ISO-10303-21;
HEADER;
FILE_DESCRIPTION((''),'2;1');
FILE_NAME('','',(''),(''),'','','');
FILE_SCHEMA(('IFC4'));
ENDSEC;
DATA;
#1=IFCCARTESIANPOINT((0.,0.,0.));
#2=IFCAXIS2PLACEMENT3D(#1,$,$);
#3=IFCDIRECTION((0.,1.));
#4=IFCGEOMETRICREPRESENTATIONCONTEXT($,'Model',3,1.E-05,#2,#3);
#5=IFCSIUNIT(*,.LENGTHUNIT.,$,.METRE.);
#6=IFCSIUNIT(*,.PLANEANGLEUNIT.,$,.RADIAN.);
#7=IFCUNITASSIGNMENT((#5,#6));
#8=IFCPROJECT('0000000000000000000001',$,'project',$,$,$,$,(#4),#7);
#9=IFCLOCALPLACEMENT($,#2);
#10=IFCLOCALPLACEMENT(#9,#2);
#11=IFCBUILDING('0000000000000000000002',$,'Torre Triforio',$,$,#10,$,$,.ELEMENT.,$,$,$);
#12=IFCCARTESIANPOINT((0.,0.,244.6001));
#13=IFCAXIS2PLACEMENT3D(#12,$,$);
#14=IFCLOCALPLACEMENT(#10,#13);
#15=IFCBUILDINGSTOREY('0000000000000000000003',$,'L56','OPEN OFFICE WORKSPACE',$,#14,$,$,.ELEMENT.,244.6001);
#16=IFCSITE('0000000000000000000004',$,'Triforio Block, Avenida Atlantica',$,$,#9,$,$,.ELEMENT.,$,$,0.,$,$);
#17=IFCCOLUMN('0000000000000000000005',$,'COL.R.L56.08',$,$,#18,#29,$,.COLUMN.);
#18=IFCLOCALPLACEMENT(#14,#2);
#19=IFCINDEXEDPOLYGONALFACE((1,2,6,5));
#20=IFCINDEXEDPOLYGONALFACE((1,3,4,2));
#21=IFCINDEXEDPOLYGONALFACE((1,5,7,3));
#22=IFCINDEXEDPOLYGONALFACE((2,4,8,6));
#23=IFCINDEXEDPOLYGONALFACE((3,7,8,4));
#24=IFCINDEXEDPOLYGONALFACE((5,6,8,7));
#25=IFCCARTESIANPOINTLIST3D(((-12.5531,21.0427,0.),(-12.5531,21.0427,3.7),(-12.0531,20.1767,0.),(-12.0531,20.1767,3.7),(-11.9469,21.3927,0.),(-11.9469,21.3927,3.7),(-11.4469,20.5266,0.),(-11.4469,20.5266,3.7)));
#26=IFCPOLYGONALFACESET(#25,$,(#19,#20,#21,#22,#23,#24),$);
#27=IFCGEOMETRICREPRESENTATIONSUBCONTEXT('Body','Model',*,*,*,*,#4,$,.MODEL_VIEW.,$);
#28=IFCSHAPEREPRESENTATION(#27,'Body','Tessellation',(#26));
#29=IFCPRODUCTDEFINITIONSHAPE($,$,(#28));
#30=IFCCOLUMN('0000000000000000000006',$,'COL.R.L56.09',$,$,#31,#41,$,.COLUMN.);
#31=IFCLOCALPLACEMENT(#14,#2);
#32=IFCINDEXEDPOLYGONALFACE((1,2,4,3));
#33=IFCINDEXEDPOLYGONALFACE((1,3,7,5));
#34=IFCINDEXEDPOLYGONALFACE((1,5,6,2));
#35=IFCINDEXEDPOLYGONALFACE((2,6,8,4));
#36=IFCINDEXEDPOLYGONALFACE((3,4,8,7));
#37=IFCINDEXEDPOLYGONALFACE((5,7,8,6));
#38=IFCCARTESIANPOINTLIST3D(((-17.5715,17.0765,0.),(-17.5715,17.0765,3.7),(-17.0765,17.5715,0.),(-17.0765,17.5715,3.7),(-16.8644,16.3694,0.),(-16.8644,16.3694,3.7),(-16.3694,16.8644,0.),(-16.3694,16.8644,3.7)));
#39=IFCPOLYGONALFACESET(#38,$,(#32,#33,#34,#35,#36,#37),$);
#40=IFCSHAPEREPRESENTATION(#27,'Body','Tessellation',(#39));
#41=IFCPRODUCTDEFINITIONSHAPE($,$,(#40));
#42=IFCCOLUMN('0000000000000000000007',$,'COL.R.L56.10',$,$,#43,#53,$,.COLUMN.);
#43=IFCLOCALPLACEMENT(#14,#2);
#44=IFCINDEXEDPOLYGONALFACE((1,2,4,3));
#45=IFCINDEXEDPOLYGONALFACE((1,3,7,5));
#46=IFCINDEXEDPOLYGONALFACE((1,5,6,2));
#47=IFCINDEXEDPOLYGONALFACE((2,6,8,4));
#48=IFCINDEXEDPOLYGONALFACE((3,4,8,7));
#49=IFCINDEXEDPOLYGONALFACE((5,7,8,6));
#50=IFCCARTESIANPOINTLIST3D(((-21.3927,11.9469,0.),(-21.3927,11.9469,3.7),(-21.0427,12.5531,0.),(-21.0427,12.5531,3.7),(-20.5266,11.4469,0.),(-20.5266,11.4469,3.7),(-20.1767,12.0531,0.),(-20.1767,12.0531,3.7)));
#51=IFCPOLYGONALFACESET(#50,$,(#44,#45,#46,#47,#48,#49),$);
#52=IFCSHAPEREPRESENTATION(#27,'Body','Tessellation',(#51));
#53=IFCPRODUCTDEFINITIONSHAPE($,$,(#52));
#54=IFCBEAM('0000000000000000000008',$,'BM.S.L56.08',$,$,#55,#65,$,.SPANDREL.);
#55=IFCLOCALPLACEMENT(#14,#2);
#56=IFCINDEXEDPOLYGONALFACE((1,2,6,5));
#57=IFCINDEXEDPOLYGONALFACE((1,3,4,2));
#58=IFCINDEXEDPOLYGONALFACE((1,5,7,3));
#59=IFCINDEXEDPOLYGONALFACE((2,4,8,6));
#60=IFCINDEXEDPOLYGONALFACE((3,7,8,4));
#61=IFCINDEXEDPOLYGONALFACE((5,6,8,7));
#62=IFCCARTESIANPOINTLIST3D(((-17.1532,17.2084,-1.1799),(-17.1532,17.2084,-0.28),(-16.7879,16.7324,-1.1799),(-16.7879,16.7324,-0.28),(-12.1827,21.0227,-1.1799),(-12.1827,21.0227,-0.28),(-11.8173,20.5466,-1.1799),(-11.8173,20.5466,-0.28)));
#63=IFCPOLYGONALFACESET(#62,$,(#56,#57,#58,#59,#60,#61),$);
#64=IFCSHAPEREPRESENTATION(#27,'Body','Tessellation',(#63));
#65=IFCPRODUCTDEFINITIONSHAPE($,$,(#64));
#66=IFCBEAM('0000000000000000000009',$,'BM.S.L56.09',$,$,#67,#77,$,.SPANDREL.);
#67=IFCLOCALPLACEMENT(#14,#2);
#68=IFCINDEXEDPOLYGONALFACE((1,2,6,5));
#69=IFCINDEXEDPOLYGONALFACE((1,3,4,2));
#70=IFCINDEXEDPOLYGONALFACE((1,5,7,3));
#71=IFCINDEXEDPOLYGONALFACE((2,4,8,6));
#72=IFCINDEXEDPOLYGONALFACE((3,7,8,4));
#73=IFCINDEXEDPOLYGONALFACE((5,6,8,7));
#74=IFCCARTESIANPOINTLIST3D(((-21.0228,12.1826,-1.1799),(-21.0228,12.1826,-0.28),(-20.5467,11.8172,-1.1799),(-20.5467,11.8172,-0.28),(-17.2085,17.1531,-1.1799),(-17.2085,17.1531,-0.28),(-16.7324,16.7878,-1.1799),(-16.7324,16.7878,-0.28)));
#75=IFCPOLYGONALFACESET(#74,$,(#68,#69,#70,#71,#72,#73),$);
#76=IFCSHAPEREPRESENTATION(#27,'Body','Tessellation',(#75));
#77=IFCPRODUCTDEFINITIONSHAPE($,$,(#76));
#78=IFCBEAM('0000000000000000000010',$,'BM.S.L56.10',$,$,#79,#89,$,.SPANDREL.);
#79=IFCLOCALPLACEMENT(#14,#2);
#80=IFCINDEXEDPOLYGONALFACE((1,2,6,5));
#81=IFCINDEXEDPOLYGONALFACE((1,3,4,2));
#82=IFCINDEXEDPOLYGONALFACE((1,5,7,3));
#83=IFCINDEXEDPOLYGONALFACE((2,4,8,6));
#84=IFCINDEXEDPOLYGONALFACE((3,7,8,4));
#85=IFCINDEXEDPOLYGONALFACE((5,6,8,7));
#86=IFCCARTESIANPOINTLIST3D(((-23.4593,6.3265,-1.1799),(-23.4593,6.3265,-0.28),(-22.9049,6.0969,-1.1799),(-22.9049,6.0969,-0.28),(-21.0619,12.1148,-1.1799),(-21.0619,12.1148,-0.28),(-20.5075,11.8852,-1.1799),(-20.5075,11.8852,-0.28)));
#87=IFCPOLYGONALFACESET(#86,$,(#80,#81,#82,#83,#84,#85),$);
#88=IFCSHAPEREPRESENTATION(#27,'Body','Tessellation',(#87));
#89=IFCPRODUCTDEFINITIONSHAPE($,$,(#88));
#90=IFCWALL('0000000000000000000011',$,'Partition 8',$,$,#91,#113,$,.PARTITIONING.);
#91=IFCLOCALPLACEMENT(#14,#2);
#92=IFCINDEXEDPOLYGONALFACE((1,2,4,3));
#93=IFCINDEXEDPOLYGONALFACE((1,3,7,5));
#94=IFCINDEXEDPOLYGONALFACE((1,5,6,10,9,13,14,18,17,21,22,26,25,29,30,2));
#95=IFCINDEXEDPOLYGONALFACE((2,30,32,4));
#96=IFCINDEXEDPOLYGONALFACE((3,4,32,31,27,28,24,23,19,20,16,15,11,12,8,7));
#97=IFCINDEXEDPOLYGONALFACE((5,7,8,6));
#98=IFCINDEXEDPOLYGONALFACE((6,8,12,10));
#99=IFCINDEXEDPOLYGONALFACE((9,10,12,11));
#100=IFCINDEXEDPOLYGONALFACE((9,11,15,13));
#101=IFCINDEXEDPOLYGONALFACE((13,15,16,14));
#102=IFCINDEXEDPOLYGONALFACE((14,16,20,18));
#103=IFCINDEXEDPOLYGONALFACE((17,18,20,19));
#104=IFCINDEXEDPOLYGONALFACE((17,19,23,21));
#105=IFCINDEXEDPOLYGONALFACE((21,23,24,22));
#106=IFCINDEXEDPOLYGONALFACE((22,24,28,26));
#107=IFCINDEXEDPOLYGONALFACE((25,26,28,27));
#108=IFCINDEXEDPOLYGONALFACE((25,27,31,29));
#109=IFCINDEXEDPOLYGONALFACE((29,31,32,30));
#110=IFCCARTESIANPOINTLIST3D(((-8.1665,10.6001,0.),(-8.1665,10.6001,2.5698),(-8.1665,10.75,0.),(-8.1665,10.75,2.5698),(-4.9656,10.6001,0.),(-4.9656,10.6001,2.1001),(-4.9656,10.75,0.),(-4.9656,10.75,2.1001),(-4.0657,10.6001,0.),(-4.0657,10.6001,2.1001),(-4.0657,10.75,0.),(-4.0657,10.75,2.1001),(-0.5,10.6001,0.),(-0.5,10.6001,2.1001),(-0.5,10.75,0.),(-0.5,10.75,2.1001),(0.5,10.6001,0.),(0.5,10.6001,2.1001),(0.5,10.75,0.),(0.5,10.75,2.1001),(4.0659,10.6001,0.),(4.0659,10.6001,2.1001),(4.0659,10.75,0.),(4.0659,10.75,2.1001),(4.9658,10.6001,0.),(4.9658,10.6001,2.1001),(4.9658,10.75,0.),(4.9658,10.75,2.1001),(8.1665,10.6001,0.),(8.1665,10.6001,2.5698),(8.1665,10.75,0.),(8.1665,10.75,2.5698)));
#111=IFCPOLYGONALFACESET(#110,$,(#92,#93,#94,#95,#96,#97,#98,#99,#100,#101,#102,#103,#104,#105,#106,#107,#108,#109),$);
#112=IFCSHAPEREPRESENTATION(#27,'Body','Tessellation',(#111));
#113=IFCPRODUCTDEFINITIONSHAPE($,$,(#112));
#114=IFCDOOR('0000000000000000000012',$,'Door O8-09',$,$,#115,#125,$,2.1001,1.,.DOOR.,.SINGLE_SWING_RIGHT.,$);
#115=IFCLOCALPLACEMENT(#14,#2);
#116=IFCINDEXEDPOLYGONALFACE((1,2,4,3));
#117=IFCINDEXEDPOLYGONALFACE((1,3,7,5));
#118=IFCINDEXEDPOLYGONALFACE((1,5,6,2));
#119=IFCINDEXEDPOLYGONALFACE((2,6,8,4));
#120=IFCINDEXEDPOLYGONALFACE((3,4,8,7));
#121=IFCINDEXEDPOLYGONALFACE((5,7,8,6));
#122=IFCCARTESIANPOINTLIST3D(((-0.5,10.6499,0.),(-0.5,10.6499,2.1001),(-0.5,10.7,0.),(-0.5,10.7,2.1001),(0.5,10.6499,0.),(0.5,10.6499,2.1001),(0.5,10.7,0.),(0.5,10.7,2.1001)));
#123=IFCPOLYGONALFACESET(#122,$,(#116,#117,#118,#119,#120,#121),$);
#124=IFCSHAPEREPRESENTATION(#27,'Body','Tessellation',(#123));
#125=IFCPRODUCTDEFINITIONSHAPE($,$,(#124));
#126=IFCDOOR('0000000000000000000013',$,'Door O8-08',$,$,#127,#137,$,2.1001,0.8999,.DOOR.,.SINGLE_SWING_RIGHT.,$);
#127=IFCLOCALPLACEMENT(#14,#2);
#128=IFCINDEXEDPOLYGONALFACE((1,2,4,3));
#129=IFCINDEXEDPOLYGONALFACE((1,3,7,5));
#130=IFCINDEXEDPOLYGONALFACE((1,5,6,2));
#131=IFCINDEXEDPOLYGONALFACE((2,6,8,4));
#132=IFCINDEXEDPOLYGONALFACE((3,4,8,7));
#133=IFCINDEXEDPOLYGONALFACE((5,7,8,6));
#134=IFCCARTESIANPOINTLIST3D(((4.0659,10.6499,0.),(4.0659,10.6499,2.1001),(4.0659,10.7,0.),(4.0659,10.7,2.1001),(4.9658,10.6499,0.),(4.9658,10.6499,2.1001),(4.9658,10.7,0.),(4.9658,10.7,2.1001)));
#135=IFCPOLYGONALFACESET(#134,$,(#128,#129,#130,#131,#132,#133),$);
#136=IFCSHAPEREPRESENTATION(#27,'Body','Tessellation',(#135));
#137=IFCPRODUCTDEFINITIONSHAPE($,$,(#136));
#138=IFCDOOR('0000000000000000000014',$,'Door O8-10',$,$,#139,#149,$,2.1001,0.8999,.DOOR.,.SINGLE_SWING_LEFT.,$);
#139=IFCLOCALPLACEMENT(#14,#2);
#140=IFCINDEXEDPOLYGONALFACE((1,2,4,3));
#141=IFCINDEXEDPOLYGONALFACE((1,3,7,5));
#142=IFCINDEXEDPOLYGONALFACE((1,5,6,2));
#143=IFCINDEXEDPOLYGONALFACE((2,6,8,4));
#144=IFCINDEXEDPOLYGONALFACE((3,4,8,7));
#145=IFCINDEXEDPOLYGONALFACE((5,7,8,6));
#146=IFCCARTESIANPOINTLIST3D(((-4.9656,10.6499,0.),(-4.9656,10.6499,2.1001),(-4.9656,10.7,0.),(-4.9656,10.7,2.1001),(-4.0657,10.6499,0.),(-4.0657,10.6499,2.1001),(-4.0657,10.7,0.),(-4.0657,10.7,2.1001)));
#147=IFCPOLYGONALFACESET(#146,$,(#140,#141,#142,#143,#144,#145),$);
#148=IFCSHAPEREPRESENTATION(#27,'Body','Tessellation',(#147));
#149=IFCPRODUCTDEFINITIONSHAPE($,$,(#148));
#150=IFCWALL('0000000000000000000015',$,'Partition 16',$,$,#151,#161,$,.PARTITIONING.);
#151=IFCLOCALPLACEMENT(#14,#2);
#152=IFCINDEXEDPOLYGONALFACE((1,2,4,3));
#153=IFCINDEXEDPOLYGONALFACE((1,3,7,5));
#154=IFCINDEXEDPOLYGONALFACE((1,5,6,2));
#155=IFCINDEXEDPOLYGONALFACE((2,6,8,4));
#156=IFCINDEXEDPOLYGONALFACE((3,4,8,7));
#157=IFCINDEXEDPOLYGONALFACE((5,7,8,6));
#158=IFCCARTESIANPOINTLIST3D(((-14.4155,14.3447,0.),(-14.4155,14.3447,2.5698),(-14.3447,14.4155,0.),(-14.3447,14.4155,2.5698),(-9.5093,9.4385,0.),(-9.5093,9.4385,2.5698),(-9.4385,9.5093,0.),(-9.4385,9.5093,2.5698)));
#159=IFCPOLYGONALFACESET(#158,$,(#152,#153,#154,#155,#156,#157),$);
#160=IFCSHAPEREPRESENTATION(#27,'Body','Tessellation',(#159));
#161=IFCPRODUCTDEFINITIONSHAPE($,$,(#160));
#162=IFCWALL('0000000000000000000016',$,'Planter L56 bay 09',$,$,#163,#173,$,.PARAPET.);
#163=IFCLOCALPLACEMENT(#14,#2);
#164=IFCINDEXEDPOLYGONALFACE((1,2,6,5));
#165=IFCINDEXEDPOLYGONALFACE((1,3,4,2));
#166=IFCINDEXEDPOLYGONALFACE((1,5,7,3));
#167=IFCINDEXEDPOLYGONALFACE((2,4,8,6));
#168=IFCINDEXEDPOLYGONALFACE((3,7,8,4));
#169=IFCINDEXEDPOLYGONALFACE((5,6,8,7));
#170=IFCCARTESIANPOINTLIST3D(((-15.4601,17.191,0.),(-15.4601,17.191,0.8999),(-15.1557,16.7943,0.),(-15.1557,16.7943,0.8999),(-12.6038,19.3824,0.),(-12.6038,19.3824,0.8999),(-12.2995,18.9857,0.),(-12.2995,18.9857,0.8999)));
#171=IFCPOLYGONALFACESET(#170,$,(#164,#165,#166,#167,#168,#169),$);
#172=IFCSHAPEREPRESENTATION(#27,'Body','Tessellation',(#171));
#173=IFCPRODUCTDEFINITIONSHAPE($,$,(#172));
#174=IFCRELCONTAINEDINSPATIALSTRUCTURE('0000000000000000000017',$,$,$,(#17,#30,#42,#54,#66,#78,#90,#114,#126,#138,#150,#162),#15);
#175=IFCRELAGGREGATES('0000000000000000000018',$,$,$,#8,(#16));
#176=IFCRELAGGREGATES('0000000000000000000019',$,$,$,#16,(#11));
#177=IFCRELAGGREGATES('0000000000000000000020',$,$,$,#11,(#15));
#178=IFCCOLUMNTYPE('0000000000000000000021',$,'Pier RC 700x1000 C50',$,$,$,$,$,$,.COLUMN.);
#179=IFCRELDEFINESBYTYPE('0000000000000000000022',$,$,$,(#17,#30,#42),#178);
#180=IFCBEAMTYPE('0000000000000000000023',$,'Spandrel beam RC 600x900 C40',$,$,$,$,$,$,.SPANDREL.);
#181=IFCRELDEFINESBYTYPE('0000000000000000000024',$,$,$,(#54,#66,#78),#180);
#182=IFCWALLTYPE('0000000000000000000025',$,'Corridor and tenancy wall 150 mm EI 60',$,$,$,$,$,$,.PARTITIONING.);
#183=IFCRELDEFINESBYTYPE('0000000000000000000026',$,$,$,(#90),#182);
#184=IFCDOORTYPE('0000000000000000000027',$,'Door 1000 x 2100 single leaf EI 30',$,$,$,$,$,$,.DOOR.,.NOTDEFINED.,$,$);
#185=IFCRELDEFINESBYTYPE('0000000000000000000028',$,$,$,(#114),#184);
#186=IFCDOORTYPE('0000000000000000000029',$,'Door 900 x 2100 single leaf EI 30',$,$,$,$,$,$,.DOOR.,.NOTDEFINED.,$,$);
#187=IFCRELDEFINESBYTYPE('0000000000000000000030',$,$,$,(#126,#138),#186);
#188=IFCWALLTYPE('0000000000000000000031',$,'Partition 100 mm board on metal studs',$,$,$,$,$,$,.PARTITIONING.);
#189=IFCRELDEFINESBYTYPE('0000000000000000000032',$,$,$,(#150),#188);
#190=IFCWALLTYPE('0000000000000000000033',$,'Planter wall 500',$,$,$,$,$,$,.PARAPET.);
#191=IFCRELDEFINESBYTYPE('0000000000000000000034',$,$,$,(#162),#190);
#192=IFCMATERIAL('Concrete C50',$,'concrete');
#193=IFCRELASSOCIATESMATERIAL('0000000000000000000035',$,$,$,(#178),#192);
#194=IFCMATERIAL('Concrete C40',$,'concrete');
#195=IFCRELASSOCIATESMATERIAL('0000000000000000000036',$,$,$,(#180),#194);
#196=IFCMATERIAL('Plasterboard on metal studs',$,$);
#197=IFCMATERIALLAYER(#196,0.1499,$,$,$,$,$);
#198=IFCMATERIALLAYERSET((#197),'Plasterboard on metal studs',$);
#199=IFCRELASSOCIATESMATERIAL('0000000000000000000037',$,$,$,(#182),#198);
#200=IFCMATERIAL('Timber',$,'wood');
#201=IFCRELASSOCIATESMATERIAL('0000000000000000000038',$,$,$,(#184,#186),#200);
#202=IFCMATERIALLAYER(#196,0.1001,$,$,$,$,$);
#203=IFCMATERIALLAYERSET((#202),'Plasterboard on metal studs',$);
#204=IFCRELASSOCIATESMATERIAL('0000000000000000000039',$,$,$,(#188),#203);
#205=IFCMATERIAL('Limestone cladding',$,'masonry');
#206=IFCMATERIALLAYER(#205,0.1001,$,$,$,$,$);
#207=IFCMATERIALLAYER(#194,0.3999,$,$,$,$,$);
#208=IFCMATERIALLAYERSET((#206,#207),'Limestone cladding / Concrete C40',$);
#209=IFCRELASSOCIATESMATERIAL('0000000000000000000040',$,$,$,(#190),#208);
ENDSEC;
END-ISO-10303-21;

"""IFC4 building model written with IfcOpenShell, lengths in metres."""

from ifc_helpers import new_model, si_unit, direction, frame, frame_2d, origin, origin_2d, place, context, subcontext, project, spatial, rectangle, extrude, material, layer, layer_set, material_profile, profile_set, type_object, element, fill, save


model = new_model("IFC4")

# Units and contexts
model_context = context("Model", 3, precision=1e-05, world=origin(), true_north=direction((0.0, 1.0)))
body_context = subcontext(model_context, "Body", "Model", "MODEL_VIEW")
ifc_project = project(units=[si_unit("LENGTHUNIT", "METRE"), si_unit("PLANEANGLEUNIT", "RADIAN")], contexts=[model_context])

# Site, building, storey
site_placement = place(None, origin())
site = spatial("IfcSite", under=ifc_project, at=site_placement, Name="Triforio Block, Avenida Atlantica", CompositionType="ELEMENT", RefElevation=0.0)
building_placement = place(site_placement, origin())
building = spatial("IfcBuilding", under=site, at=building_placement, Name="Torre Triforio", CompositionType="ELEMENT")
storey_placement = place(building_placement, frame((0.0, 0.0, 244.6001)))
storey = spatial("IfcBuildingStorey", under=building, at=storey_placement, Name="L56", Description="OPEN OFFICE WORKSPACE", CompositionType="ELEMENT", Elevation=244.6001)

# Columns
ifc_material_1 = material(Name="Concrete C50", Category="concrete")
ifc_material_profile_1 = material_profile(ifc_material_1, rectangle(XDim=0.7, YDim=1.0, at=origin_2d()), Name="RC 700x1000")
ifc_profile_set_1 = profile_set([ifc_material_profile_1], Name="Concrete C50")
column_type = type_object("IfcColumnType", Name="Pier RC 700x1000 C50", PredefinedType="COLUMN", material=ifc_profile_set_1)
for number, where, z_axis, x_axis, name in (
    (1, (-12.0, 20.7847, 0.0), (0.0, 0.0, 1.0), (-0.866025, -0.5, 0.0), "COL.R.L56.08"),
    (2, (-16.9705, 16.9705, 0.0), (0.0, 0.0, 1.0), (-0.707107, -0.707107, 0.0), "COL.R.L56.09"),
    (3, (-20.7847, 12.0, 0.0), (0.0, 0.0, 1.0), (-0.5, -0.866025, 0.0), "COL.R.L56.10"),
):
    element("IfcColumn", number, at=place(storey_placement, frame(where, z_axis=z_axis, x_axis=x_axis)), inside=storey, type_object=column_type, Name=name, PredefinedType="COLUMN", context=body_context, shape_type="SweptSolid", body=[
        extrude(rectangle(XDim=0.7, YDim=1.0, at=origin_2d()), origin(), (0.0, 0.0, 1.0), 3.7),
    ])

# Beams
ifc_material_2 = material(Name="Concrete C40", Category="concrete")
ifc_material_profile_2 = material_profile(ifc_material_2, rectangle(XDim=0.6001, YDim=0.8999, at=origin_2d()), Name="RC 600x900")
ifc_profile_set_2 = profile_set([ifc_material_profile_2], Name="Concrete C40")
beam_type = type_object("IfcBeamType", Name="Spandrel beam RC 600x900 C40", PredefinedType="SPANDREL", material=ifc_profile_set_2)
for number, where, z_axis, x_axis, name in (
    (4, (-12.0, 20.7847, -0.73), (-0.793335, -0.608786, 0.0), (0.608786, -0.793335, 0.0), "BM.S.L56.08"),
    (5, (-16.9705, 16.9705, -0.73), (-0.608786, -0.793335, 0.0), (0.793335, -0.608786, 0.0), "BM.S.L56.09"),
):
    element("IfcBeam", number, at=place(storey_placement, frame(where, z_axis=z_axis, x_axis=x_axis)), inside=storey, type_object=beam_type, Name=name, PredefinedType="SPANDREL", context=body_context, shape_type="SweptSolid", body=[
        extrude(rectangle(XDim=0.6001, YDim=0.8999, at=origin_2d()), origin(), (0.0, 0.0, 1.0), 6.2654),
    ])
beam_placement = place(storey_placement, frame((-20.7847, 12.0, -0.73), z_axis=(-0.382664, -0.923888, 0.0), x_axis=(0.923888, -0.382664, 0.0)))
element("IfcBeam", 6, at=beam_placement, inside=storey, type_object=beam_type, Name="BM.S.L56.10", PredefinedType="SPANDREL", context=body_context, shape_type="SweptSolid", body=[
    extrude(rectangle(XDim=0.6001, YDim=0.8999, at=origin_2d()), origin(), (0.0, 0.0, 1.0), 6.2651),
])

# Wall, openings, doors
ifc_material_3 = material(Name="Plasterboard on metal studs")
ifc_layer_1 = layer(ifc_material_3, 0.1499)
ifc_layer_set_1 = layer_set([ifc_layer_1], Name="Plasterboard on metal studs")
wall_type_1 = type_object("IfcWallType", Name="Corridor and tenancy wall 150 mm EI 60", PredefinedType="PARTITIONING", material=ifc_layer_set_1)
wall_1_placement = place(storey_placement, frame((-8.1665, 10.675, 0.0), z_axis=(0.0, 0.0, 1.0), x_axis=(1.0, 0.0, 0.0)))
wall_1 = element("IfcWall", 7, at=wall_1_placement, inside=storey, type_object=wall_type_1, Name="Partition 8", PredefinedType="PARTITIONING", context=body_context, shape_type="SweptSolid", body=[
    extrude(rectangle(XDim=16.333, YDim=0.1499, at=frame_2d((8.1665, 0.0))), origin(), (0.0, 0.0, 1.0), 2.5698),
])
opening_1_placement = place(wall_1_placement, frame((12.2324, 0.0, 0.0)))
opening_1 = element("IfcOpeningElement", 8, at=opening_1_placement, cuts=wall_1, PredefinedType="OPENING", context=body_context, shape_type="SweptSolid", body=[
    extrude(rectangle(XDim=0.8999, YDim=2.1001, at=frame_2d((0.45, 1.05))), frame((0.0, 0.085, 0.0), z_axis=(0.0, -1.0, 0.0), x_axis=(1.0, 0.0, 0.0)), (0.0, 0.0, 1.0), 0.1699),
])
opening_2_placement = place(wall_1_placement, frame((7.6665, 0.0, 0.0)))
opening_2 = element("IfcOpeningElement", 9, at=opening_2_placement, cuts=wall_1, PredefinedType="OPENING", context=body_context, shape_type="SweptSolid", body=[
    extrude(rectangle(XDim=1.0, YDim=2.1001, at=frame_2d((0.5, 1.05))), frame((0.0, 0.085, 0.0), z_axis=(0.0, -1.0, 0.0), x_axis=(1.0, 0.0, 0.0)), (0.0, 0.0, 1.0), 0.1699),
])
opening_3_placement = place(wall_1_placement, frame((3.2009, 0.0, 0.0)))
opening_3 = element("IfcOpeningElement", 10, at=opening_3_placement, cuts=wall_1, PredefinedType="OPENING", context=body_context, shape_type="SweptSolid", body=[
    extrude(rectangle(XDim=0.8999, YDim=2.1001, at=frame_2d((0.45, 1.05))), frame((0.0, 0.085, 0.0), z_axis=(0.0, -1.0, 0.0), x_axis=(1.0, 0.0, 0.0)), (0.0, 0.0, 1.0), 0.1699),
])
ifc_material_4 = material(Name="Timber", Category="wood")
door_type_1 = type_object("IfcDoorType", Name="Door 1000 x 2100 single leaf EI 30", OperationType="NOTDEFINED", PredefinedType="DOOR", material=ifc_material_4)
door_1_placement = place(opening_2_placement, origin())
door_1 = element("IfcDoor", 11, at=door_1_placement, inside=storey, type_object=door_type_1, Name="Door O8-09", OperationType="SINGLE_SWING_RIGHT", OverallHeight=2.1001, OverallWidth=1.0, PredefinedType="DOOR", context=body_context, shape_type="SweptSolid", body=[
    extrude(rectangle(XDim=1.0, YDim=2.1001, at=frame_2d((0.5, 1.05))), frame((0.0, 0.0249, 0.0), z_axis=(0.0, -1.0, 0.0), x_axis=(1.0, 0.0, 0.0)), (0.0, 0.0, 1.0), 0.05),
])
fill(opening_2, door_1)
door_type_2 = type_object("IfcDoorType", Name="Door 900 x 2100 single leaf EI 30", OperationType="NOTDEFINED", PredefinedType="DOOR", material=ifc_material_4)
door_2_placement = place(opening_1_placement, origin())
door_2 = element("IfcDoor", 12, at=door_2_placement, inside=storey, type_object=door_type_2, Name="Door O8-08", OperationType="SINGLE_SWING_RIGHT", OverallHeight=2.1001, OverallWidth=0.8999, PredefinedType="DOOR", context=body_context, shape_type="SweptSolid", body=[
    extrude(rectangle(XDim=0.8999, YDim=2.1001, at=frame_2d((0.45, 1.05))), frame((0.0, 0.0249, 0.0), z_axis=(0.0, -1.0, 0.0), x_axis=(1.0, 0.0, 0.0)), (0.0, 0.0, 1.0), 0.05),
])
fill(opening_1, door_2)
door_3_placement = place(opening_3_placement, origin())
door_3 = element("IfcDoor", 13, at=door_3_placement, inside=storey, type_object=door_type_2, Name="Door O8-10", OperationType="SINGLE_SWING_LEFT", OverallHeight=2.1001, OverallWidth=0.8999, PredefinedType="DOOR", context=body_context, shape_type="SweptSolid", body=[
    extrude(rectangle(XDim=0.8999, YDim=2.1001, at=frame_2d((0.45, 1.05))), frame((0.0, 0.0249, 0.0), z_axis=(0.0, -1.0, 0.0), x_axis=(1.0, 0.0, 0.0)), (0.0, 0.0, 1.0), 0.05),
])
fill(opening_3, door_3)

# Walls
ifc_layer_2 = layer(ifc_material_3, 0.1001)
ifc_layer_set_2 = layer_set([ifc_layer_2], Name="Plasterboard on metal studs")
wall_type_2 = type_object("IfcWallType", Name="Partition 100 mm board on metal studs", PredefinedType="PARTITIONING", material=ifc_layer_set_2)
wall_2_placement = place(storey_placement, frame((-9.4739, 9.4739, 0.0), z_axis=(0.0, 0.0, 1.0), x_axis=(-0.707107, 0.707107, 0.0)))
element("IfcWall", 14, at=wall_2_placement, inside=storey, type_object=wall_type_2, Name="Partition 16", PredefinedType="PARTITIONING", context=body_context, shape_type="SweptSolid", body=[
    extrude(rectangle(XDim=6.9385, YDim=0.1001, at=frame_2d((3.4692, 0.0))), origin(), (0.0, 0.0, 1.0), 2.5698),
])
ifc_material_5 = material(Name="Limestone cladding", Category="masonry")
ifc_layer_3 = layer(ifc_material_5, 0.1001)
ifc_layer_4 = layer(ifc_material_2, 0.3999)
ifc_layer_set_3 = layer_set([ifc_layer_3, ifc_layer_4], Name="Limestone cladding / Concrete C40")
wall_type_3 = type_object("IfcWallType", Name="Planter wall 500", PredefinedType="PARAPET", material=ifc_layer_set_3)
wall_3_placement = place(storey_placement, frame((-12.4517, 19.1841, 0.0), z_axis=(0.0, 0.0, 1.0), x_axis=(-0.793385, -0.608721, 0.0)))
element("IfcWall", 15, at=wall_3_placement, inside=storey, type_object=wall_type_3, Name="Planter L56 bay 09", PredefinedType="PARAPET", context=body_context, shape_type="SweptSolid", body=[
    extrude(rectangle(XDim=3.6001, YDim=0.5, at=frame_2d((1.8, 0.0))), origin(), (0.0, 0.0, 1.0), 0.8999),
])

save(model, "model.ifc")
